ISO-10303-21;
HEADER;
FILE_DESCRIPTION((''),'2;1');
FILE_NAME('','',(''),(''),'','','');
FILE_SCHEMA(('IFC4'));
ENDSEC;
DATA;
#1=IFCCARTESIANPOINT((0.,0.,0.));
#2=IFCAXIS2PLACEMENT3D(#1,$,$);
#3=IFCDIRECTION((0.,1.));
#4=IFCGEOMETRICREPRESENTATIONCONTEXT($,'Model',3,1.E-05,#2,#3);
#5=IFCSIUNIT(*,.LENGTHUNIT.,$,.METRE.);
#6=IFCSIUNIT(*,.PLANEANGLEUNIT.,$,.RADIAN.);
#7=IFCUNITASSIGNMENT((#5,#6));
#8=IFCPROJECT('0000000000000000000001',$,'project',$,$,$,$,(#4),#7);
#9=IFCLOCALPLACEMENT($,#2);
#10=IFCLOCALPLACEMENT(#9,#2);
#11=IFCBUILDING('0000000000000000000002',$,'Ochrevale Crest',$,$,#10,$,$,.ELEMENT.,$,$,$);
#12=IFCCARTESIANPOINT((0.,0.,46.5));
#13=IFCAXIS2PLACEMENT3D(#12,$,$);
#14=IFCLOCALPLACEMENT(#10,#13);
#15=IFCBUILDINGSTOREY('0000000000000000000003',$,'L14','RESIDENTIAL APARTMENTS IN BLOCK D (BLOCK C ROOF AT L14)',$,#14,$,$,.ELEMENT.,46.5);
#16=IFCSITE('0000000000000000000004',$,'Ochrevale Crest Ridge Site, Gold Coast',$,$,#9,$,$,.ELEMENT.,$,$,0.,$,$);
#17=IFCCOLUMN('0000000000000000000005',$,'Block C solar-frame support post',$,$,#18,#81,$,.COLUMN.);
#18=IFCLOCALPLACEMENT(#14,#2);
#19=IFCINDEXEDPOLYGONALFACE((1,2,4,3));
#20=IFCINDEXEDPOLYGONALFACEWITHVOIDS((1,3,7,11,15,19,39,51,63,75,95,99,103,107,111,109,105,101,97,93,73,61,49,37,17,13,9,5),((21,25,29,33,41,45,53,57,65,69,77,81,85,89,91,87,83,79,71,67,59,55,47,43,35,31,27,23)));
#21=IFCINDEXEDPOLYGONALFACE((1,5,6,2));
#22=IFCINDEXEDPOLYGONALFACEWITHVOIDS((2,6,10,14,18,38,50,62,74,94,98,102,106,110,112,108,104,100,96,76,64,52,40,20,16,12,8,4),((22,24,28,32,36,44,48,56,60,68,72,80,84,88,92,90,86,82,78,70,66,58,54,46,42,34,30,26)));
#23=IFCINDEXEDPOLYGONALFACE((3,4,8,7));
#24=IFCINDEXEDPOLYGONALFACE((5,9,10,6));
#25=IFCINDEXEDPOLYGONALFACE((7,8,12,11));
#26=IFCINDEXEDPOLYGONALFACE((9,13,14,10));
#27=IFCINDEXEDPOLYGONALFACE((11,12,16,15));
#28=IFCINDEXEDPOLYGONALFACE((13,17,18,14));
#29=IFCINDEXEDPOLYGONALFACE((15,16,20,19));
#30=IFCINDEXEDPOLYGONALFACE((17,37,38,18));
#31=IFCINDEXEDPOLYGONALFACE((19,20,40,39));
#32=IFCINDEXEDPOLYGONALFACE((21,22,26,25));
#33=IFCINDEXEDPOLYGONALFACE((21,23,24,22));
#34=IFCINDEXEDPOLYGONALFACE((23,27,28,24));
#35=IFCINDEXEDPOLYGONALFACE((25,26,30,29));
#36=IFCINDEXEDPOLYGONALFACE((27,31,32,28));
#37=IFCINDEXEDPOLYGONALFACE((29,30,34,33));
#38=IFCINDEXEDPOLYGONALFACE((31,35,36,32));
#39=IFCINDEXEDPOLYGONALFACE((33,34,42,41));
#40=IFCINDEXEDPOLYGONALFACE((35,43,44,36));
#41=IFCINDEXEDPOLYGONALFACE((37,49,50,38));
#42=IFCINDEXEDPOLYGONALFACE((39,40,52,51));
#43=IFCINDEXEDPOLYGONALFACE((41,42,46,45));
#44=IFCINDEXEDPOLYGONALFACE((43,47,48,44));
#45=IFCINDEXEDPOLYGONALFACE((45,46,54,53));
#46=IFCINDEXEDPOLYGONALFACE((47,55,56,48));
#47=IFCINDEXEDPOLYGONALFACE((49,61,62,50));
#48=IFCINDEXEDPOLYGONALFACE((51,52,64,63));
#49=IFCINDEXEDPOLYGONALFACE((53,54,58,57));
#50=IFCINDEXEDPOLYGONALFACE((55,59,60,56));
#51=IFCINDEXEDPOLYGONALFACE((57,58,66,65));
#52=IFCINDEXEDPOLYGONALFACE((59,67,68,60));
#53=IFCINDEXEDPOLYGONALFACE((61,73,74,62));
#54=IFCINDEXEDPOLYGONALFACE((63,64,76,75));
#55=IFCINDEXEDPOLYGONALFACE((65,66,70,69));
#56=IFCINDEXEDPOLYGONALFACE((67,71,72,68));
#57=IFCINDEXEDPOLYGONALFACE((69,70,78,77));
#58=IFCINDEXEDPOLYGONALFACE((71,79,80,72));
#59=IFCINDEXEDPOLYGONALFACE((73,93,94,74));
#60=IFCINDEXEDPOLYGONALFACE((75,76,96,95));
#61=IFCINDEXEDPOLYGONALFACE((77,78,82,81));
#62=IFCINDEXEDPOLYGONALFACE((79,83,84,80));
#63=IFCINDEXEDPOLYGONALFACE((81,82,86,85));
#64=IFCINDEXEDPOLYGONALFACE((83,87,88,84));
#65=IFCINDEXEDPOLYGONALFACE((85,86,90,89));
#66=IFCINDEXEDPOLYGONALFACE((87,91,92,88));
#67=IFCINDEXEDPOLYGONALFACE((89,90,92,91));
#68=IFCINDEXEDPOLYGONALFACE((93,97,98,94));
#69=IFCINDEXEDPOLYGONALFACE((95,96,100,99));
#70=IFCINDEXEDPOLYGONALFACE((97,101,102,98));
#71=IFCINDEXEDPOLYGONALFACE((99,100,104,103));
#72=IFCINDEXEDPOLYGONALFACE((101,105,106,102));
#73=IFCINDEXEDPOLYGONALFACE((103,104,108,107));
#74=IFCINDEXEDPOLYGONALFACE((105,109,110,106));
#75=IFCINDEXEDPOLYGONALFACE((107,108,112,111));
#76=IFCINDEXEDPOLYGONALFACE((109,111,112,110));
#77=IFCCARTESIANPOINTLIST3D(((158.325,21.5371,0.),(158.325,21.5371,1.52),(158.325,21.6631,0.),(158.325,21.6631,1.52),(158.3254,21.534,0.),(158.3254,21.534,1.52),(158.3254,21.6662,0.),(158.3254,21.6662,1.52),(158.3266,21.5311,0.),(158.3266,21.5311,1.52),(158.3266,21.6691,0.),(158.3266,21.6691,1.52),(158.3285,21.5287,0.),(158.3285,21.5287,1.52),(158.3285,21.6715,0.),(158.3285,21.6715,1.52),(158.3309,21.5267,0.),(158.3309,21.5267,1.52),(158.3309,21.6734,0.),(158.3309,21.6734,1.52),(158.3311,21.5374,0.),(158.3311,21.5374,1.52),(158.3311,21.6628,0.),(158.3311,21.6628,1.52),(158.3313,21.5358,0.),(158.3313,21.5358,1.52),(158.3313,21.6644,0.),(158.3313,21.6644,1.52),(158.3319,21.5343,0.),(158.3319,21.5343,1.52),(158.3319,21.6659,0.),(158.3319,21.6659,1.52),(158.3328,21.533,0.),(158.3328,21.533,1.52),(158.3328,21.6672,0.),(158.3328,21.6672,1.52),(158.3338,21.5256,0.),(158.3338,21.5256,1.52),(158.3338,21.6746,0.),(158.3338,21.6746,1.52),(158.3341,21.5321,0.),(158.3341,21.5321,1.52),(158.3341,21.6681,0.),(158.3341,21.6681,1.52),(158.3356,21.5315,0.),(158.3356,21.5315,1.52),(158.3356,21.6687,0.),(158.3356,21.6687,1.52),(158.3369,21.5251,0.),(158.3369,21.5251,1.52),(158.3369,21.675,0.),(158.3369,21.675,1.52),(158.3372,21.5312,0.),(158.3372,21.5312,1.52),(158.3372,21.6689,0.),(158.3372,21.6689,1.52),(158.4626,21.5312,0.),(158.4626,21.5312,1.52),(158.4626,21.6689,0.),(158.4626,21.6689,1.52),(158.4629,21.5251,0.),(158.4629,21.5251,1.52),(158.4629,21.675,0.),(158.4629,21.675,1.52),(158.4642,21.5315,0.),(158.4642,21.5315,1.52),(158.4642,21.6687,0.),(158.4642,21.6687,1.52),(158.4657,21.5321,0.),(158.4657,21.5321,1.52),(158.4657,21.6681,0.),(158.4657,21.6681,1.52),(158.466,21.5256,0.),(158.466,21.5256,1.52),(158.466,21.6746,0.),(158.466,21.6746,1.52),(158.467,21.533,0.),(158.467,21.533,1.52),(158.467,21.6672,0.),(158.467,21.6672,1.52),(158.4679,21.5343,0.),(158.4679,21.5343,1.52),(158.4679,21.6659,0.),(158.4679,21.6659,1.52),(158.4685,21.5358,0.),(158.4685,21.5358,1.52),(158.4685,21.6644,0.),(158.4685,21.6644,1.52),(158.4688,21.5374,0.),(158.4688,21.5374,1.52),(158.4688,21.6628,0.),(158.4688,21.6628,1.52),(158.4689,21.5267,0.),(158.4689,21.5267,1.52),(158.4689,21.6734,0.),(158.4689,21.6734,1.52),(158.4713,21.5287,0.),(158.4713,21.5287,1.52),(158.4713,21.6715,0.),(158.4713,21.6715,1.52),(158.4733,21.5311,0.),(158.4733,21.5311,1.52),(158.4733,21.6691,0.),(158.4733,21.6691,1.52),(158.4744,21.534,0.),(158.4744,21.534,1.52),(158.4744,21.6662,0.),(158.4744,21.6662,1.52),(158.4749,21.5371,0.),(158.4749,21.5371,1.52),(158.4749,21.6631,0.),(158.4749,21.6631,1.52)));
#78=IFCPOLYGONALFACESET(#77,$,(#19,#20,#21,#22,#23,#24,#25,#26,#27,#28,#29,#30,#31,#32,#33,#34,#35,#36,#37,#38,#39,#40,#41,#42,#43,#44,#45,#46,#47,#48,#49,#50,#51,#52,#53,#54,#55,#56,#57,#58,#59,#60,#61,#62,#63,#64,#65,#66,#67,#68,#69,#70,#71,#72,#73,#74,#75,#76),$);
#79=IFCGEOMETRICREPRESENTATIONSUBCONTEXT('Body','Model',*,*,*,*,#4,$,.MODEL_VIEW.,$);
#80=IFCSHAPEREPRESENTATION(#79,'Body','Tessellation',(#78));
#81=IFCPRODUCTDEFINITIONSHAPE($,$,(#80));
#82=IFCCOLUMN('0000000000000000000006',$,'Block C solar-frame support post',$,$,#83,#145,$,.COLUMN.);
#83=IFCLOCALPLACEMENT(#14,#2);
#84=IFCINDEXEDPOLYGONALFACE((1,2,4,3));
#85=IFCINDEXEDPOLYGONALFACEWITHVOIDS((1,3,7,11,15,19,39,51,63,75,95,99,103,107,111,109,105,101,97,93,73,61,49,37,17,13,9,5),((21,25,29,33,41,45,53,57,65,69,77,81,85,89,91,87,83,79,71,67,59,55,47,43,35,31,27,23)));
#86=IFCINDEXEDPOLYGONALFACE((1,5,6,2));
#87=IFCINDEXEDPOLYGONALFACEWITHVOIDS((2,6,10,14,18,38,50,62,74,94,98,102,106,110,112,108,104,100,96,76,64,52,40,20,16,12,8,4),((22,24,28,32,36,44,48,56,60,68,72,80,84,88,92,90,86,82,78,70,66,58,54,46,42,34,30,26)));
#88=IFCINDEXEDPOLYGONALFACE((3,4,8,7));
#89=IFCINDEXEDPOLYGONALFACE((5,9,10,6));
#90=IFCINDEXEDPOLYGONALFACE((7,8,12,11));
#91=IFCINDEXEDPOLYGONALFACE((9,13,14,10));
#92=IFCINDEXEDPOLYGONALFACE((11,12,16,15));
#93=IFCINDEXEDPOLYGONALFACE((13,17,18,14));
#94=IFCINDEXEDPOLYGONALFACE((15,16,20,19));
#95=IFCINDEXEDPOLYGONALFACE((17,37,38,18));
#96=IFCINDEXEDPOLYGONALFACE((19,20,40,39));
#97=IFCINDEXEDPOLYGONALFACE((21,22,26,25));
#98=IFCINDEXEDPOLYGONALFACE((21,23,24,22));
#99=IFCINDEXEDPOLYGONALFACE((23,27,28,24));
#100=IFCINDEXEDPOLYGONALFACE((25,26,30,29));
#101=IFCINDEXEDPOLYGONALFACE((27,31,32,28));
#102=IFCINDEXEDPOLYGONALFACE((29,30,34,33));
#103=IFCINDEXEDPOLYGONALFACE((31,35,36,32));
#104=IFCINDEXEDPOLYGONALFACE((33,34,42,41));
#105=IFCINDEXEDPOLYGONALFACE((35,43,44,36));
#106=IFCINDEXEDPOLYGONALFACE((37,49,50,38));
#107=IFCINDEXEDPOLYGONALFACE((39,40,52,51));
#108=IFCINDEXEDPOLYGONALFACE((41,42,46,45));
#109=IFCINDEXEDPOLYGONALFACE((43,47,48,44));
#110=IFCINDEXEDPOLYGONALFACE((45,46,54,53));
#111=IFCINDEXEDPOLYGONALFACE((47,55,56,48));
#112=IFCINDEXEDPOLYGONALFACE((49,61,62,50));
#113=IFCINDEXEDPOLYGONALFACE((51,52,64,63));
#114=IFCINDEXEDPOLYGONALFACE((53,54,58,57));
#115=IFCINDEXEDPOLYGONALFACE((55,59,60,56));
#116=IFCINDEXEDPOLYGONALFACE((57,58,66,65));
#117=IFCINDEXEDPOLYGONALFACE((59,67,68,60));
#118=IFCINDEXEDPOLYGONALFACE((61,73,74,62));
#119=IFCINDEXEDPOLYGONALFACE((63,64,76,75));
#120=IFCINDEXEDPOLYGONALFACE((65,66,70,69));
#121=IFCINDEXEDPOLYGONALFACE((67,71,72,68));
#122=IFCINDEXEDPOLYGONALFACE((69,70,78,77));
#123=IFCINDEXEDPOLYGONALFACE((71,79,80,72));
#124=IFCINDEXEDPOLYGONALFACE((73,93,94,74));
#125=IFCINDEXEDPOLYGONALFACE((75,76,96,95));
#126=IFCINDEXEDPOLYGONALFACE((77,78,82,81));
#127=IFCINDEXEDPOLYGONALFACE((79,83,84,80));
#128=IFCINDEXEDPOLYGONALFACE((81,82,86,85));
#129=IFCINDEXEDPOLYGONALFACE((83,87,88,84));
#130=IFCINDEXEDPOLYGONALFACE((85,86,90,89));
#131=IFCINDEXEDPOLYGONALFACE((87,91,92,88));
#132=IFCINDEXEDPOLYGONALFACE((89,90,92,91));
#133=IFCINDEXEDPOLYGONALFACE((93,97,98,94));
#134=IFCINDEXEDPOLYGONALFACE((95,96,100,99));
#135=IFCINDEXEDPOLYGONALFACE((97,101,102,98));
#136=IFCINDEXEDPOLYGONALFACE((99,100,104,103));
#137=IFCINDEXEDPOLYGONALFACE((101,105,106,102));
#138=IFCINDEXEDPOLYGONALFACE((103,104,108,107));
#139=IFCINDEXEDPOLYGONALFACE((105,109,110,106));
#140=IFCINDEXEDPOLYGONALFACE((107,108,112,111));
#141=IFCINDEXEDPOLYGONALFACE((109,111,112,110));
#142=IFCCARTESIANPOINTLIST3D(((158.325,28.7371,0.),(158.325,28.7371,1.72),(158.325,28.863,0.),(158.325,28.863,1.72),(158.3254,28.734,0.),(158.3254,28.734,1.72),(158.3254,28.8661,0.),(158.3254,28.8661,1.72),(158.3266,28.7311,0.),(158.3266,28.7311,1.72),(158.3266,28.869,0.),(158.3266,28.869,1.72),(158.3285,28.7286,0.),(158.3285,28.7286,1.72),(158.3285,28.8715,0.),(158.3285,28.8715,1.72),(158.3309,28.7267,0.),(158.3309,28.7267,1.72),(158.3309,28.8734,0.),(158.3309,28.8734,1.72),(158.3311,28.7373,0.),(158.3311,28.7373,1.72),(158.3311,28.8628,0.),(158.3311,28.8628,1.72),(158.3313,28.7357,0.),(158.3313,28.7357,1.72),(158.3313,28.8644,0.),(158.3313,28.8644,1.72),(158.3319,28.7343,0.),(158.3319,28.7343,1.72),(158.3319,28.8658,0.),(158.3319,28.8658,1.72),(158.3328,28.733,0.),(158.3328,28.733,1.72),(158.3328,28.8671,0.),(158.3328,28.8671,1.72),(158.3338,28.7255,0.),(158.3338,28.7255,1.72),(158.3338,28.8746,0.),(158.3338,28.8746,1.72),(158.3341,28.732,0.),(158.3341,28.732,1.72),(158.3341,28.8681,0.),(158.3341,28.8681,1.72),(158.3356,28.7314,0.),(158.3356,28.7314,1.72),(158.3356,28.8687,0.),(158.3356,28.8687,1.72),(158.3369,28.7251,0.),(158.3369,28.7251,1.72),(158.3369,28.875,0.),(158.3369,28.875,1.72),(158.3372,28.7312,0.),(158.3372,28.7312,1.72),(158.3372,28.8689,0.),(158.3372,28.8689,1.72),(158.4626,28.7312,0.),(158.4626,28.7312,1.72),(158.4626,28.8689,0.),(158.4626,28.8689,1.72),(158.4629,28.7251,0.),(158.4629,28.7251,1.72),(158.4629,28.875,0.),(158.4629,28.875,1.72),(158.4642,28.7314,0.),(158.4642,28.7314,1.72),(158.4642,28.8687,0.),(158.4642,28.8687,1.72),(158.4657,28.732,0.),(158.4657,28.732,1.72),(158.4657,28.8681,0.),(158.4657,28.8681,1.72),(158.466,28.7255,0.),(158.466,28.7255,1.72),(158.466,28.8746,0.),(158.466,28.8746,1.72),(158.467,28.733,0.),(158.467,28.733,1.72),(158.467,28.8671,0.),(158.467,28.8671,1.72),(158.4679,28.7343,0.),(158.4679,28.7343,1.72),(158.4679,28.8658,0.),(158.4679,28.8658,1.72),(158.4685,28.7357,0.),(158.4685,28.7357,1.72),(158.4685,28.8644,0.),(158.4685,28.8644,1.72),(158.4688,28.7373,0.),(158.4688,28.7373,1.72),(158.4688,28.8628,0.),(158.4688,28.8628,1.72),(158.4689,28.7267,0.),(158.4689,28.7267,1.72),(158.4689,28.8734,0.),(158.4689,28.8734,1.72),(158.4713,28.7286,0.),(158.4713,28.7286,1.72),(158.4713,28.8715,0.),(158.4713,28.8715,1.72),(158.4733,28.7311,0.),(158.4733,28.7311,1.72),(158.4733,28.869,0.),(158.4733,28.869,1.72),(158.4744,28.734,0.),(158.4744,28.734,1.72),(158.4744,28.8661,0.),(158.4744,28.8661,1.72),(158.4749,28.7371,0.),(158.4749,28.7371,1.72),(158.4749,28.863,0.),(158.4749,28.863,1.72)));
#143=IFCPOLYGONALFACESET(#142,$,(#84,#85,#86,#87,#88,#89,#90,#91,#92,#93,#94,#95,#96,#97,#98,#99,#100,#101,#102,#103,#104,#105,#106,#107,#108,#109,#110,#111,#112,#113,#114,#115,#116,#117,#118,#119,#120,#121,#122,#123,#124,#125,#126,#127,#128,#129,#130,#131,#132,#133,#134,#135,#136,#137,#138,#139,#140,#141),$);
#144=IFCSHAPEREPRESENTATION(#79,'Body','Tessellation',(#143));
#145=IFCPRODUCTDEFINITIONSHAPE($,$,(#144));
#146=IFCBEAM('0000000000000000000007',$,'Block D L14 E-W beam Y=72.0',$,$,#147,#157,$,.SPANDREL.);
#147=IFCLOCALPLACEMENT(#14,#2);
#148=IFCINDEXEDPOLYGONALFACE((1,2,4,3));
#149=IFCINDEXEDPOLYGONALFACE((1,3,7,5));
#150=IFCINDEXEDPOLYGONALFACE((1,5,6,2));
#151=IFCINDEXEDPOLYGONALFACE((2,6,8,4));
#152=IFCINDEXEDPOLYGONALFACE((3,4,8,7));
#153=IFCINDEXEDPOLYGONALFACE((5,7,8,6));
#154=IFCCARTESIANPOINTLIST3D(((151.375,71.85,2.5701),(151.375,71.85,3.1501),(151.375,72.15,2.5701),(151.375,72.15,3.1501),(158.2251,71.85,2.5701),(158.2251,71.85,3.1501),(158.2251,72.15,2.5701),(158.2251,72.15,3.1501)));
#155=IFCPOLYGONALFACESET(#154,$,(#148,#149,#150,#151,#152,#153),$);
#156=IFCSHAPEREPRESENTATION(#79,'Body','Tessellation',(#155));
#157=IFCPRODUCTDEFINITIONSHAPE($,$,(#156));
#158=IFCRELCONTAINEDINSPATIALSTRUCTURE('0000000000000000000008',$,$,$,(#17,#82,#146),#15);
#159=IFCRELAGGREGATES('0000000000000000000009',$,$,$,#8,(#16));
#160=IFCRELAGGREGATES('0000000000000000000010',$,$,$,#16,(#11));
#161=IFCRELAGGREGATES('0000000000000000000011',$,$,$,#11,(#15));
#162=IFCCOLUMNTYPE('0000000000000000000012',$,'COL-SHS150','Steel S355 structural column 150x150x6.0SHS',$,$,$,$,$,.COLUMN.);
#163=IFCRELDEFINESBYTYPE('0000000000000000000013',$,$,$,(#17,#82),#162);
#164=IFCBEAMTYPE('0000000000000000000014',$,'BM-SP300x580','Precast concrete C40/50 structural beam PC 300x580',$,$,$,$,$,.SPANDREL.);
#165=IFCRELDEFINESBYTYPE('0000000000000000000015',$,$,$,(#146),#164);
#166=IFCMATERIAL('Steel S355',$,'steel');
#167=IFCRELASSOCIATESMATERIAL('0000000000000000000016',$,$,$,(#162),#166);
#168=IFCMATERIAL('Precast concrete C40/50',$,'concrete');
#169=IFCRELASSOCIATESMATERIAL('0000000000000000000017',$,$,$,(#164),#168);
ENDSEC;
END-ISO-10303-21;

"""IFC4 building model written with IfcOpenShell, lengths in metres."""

from ifc_helpers import new_model, si_unit, direction, frame, origin, origin_2d, place, context, subcontext, project, spatial, rectangle, hollow_rectangle, extrude, material, material_profile, profile_set, type_object, element, save


model = new_model("IFC4")

# Units and contexts
model_context = context("Model", 3, precision=1e-05, world=origin(), true_north=direction((0.0, 1.0)))
body_context = subcontext(model_context, "Body", "Model", "MODEL_VIEW")
ifc_project = project(units=[si_unit("LENGTHUNIT", "METRE"), si_unit("PLANEANGLEUNIT", "RADIAN")], contexts=[model_context])

# Site, building, storey
site_placement = place(None, origin())
site = spatial("IfcSite", under=ifc_project, at=site_placement, Name="Ochrevale Crest Ridge Site, Gold Coast", CompositionType="ELEMENT", RefElevation=0.0)
building_placement = place(site_placement, origin())
building = spatial("IfcBuilding", under=site, at=building_placement, Name="Ochrevale Crest", CompositionType="ELEMENT")
storey_placement = place(building_placement, frame((0.0, 0.0, 46.5)))
storey = spatial("IfcBuildingStorey", under=building, at=storey_placement, Name="L14", Description="RESIDENTIAL APARTMENTS IN BLOCK D (BLOCK C ROOF AT L14)", CompositionType="ELEMENT", Elevation=46.5)

# Columns
ifc_material_1 = material(Name="Precast concrete C40/50", Category="concrete")
ifc_material_2 = material(Name="Steel S355", Category="steel")
ifc_material_profile_1 = material_profile(ifc_material_2, hollow_rectangle(XDim=0.1499, YDim=0.1499, WallThickness=0.0061, InnerFilletRadius=0.0061, OuterFilletRadius=0.012, at=origin_2d()), Name="150x150x6.0SHS")
ifc_profile_set_1 = profile_set([ifc_material_profile_1], Name="Steel S355")
column_type_1 = type_object("IfcColumnType", Name="COL-SHS150", Description="Steel S355 structural column 150x150x6.0SHS", PredefinedType="COLUMN", material=ifc_profile_set_1)
column_1_placement = place(storey_placement, frame((158.3999, 21.6001, 0.0), z_axis=(0.0, 0.0, 1.0), x_axis=(1.0, 0.0, 0.0)))
element("IfcColumn", 1, at=column_1_placement, inside=storey, type_object=column_type_1, Name="Block C solar-frame support post", PredefinedType="COLUMN", context=body_context, shape_type="SweptSolid", body=[
    extrude(hollow_rectangle(XDim=0.1499, YDim=0.1499, WallThickness=0.0061, InnerFilletRadius=0.0061, OuterFilletRadius=0.012, at=origin_2d()), origin(), (0.0, 0.0, 1.0), 1.52),
])
column_2_placement = place(storey_placement, frame((158.3999, 28.8, 0.0), z_axis=(0.0, 0.0, 1.0), x_axis=(1.0, 0.0, 0.0)))
element("IfcColumn", 2, at=column_2_placement, inside=storey, type_object=column_type_1, Name="Block C solar-frame support post", PredefinedType="COLUMN", context=body_context, shape_type="SweptSolid", body=[
    extrude(hollow_rectangle(XDim=0.1499, YDim=0.1499, WallThickness=0.0061, InnerFilletRadius=0.0061, OuterFilletRadius=0.012, at=origin_2d()), origin(), (0.0, 0.0, 1.0), 1.72),
])

# Beam
ifc_material_profile_2 = material_profile(ifc_material_1, rectangle(XDim=0.3, YDim=0.5801, at=origin_2d()), Name="PC 300x580")
ifc_profile_set_2 = profile_set([ifc_material_profile_2], Name="Precast concrete C40/50")
beam_type = type_object("IfcBeamType", Name="BM-SP300x580", Description="Precast concrete C40/50 structural beam PC 300x580", PredefinedType="SPANDREL", material=ifc_profile_set_2)
beam_placement = place(storey_placement, frame((151.375, 72.0, 2.8601), z_axis=(1.0, 0.0, 0.0), x_axis=(0.0, 1.0, 0.0)))
element("IfcBeam", 3, at=beam_placement, inside=storey, type_object=beam_type, Name="Block D L14 E-W beam Y=72.0", PredefinedType="SPANDREL", context=body_context, shape_type="SweptSolid", body=[
    extrude(rectangle(XDim=0.3, YDim=0.5801, at=origin_2d()), origin(), (0.0, 0.0, 1.0), 6.8501),
])

save(model, "model.ifc")
